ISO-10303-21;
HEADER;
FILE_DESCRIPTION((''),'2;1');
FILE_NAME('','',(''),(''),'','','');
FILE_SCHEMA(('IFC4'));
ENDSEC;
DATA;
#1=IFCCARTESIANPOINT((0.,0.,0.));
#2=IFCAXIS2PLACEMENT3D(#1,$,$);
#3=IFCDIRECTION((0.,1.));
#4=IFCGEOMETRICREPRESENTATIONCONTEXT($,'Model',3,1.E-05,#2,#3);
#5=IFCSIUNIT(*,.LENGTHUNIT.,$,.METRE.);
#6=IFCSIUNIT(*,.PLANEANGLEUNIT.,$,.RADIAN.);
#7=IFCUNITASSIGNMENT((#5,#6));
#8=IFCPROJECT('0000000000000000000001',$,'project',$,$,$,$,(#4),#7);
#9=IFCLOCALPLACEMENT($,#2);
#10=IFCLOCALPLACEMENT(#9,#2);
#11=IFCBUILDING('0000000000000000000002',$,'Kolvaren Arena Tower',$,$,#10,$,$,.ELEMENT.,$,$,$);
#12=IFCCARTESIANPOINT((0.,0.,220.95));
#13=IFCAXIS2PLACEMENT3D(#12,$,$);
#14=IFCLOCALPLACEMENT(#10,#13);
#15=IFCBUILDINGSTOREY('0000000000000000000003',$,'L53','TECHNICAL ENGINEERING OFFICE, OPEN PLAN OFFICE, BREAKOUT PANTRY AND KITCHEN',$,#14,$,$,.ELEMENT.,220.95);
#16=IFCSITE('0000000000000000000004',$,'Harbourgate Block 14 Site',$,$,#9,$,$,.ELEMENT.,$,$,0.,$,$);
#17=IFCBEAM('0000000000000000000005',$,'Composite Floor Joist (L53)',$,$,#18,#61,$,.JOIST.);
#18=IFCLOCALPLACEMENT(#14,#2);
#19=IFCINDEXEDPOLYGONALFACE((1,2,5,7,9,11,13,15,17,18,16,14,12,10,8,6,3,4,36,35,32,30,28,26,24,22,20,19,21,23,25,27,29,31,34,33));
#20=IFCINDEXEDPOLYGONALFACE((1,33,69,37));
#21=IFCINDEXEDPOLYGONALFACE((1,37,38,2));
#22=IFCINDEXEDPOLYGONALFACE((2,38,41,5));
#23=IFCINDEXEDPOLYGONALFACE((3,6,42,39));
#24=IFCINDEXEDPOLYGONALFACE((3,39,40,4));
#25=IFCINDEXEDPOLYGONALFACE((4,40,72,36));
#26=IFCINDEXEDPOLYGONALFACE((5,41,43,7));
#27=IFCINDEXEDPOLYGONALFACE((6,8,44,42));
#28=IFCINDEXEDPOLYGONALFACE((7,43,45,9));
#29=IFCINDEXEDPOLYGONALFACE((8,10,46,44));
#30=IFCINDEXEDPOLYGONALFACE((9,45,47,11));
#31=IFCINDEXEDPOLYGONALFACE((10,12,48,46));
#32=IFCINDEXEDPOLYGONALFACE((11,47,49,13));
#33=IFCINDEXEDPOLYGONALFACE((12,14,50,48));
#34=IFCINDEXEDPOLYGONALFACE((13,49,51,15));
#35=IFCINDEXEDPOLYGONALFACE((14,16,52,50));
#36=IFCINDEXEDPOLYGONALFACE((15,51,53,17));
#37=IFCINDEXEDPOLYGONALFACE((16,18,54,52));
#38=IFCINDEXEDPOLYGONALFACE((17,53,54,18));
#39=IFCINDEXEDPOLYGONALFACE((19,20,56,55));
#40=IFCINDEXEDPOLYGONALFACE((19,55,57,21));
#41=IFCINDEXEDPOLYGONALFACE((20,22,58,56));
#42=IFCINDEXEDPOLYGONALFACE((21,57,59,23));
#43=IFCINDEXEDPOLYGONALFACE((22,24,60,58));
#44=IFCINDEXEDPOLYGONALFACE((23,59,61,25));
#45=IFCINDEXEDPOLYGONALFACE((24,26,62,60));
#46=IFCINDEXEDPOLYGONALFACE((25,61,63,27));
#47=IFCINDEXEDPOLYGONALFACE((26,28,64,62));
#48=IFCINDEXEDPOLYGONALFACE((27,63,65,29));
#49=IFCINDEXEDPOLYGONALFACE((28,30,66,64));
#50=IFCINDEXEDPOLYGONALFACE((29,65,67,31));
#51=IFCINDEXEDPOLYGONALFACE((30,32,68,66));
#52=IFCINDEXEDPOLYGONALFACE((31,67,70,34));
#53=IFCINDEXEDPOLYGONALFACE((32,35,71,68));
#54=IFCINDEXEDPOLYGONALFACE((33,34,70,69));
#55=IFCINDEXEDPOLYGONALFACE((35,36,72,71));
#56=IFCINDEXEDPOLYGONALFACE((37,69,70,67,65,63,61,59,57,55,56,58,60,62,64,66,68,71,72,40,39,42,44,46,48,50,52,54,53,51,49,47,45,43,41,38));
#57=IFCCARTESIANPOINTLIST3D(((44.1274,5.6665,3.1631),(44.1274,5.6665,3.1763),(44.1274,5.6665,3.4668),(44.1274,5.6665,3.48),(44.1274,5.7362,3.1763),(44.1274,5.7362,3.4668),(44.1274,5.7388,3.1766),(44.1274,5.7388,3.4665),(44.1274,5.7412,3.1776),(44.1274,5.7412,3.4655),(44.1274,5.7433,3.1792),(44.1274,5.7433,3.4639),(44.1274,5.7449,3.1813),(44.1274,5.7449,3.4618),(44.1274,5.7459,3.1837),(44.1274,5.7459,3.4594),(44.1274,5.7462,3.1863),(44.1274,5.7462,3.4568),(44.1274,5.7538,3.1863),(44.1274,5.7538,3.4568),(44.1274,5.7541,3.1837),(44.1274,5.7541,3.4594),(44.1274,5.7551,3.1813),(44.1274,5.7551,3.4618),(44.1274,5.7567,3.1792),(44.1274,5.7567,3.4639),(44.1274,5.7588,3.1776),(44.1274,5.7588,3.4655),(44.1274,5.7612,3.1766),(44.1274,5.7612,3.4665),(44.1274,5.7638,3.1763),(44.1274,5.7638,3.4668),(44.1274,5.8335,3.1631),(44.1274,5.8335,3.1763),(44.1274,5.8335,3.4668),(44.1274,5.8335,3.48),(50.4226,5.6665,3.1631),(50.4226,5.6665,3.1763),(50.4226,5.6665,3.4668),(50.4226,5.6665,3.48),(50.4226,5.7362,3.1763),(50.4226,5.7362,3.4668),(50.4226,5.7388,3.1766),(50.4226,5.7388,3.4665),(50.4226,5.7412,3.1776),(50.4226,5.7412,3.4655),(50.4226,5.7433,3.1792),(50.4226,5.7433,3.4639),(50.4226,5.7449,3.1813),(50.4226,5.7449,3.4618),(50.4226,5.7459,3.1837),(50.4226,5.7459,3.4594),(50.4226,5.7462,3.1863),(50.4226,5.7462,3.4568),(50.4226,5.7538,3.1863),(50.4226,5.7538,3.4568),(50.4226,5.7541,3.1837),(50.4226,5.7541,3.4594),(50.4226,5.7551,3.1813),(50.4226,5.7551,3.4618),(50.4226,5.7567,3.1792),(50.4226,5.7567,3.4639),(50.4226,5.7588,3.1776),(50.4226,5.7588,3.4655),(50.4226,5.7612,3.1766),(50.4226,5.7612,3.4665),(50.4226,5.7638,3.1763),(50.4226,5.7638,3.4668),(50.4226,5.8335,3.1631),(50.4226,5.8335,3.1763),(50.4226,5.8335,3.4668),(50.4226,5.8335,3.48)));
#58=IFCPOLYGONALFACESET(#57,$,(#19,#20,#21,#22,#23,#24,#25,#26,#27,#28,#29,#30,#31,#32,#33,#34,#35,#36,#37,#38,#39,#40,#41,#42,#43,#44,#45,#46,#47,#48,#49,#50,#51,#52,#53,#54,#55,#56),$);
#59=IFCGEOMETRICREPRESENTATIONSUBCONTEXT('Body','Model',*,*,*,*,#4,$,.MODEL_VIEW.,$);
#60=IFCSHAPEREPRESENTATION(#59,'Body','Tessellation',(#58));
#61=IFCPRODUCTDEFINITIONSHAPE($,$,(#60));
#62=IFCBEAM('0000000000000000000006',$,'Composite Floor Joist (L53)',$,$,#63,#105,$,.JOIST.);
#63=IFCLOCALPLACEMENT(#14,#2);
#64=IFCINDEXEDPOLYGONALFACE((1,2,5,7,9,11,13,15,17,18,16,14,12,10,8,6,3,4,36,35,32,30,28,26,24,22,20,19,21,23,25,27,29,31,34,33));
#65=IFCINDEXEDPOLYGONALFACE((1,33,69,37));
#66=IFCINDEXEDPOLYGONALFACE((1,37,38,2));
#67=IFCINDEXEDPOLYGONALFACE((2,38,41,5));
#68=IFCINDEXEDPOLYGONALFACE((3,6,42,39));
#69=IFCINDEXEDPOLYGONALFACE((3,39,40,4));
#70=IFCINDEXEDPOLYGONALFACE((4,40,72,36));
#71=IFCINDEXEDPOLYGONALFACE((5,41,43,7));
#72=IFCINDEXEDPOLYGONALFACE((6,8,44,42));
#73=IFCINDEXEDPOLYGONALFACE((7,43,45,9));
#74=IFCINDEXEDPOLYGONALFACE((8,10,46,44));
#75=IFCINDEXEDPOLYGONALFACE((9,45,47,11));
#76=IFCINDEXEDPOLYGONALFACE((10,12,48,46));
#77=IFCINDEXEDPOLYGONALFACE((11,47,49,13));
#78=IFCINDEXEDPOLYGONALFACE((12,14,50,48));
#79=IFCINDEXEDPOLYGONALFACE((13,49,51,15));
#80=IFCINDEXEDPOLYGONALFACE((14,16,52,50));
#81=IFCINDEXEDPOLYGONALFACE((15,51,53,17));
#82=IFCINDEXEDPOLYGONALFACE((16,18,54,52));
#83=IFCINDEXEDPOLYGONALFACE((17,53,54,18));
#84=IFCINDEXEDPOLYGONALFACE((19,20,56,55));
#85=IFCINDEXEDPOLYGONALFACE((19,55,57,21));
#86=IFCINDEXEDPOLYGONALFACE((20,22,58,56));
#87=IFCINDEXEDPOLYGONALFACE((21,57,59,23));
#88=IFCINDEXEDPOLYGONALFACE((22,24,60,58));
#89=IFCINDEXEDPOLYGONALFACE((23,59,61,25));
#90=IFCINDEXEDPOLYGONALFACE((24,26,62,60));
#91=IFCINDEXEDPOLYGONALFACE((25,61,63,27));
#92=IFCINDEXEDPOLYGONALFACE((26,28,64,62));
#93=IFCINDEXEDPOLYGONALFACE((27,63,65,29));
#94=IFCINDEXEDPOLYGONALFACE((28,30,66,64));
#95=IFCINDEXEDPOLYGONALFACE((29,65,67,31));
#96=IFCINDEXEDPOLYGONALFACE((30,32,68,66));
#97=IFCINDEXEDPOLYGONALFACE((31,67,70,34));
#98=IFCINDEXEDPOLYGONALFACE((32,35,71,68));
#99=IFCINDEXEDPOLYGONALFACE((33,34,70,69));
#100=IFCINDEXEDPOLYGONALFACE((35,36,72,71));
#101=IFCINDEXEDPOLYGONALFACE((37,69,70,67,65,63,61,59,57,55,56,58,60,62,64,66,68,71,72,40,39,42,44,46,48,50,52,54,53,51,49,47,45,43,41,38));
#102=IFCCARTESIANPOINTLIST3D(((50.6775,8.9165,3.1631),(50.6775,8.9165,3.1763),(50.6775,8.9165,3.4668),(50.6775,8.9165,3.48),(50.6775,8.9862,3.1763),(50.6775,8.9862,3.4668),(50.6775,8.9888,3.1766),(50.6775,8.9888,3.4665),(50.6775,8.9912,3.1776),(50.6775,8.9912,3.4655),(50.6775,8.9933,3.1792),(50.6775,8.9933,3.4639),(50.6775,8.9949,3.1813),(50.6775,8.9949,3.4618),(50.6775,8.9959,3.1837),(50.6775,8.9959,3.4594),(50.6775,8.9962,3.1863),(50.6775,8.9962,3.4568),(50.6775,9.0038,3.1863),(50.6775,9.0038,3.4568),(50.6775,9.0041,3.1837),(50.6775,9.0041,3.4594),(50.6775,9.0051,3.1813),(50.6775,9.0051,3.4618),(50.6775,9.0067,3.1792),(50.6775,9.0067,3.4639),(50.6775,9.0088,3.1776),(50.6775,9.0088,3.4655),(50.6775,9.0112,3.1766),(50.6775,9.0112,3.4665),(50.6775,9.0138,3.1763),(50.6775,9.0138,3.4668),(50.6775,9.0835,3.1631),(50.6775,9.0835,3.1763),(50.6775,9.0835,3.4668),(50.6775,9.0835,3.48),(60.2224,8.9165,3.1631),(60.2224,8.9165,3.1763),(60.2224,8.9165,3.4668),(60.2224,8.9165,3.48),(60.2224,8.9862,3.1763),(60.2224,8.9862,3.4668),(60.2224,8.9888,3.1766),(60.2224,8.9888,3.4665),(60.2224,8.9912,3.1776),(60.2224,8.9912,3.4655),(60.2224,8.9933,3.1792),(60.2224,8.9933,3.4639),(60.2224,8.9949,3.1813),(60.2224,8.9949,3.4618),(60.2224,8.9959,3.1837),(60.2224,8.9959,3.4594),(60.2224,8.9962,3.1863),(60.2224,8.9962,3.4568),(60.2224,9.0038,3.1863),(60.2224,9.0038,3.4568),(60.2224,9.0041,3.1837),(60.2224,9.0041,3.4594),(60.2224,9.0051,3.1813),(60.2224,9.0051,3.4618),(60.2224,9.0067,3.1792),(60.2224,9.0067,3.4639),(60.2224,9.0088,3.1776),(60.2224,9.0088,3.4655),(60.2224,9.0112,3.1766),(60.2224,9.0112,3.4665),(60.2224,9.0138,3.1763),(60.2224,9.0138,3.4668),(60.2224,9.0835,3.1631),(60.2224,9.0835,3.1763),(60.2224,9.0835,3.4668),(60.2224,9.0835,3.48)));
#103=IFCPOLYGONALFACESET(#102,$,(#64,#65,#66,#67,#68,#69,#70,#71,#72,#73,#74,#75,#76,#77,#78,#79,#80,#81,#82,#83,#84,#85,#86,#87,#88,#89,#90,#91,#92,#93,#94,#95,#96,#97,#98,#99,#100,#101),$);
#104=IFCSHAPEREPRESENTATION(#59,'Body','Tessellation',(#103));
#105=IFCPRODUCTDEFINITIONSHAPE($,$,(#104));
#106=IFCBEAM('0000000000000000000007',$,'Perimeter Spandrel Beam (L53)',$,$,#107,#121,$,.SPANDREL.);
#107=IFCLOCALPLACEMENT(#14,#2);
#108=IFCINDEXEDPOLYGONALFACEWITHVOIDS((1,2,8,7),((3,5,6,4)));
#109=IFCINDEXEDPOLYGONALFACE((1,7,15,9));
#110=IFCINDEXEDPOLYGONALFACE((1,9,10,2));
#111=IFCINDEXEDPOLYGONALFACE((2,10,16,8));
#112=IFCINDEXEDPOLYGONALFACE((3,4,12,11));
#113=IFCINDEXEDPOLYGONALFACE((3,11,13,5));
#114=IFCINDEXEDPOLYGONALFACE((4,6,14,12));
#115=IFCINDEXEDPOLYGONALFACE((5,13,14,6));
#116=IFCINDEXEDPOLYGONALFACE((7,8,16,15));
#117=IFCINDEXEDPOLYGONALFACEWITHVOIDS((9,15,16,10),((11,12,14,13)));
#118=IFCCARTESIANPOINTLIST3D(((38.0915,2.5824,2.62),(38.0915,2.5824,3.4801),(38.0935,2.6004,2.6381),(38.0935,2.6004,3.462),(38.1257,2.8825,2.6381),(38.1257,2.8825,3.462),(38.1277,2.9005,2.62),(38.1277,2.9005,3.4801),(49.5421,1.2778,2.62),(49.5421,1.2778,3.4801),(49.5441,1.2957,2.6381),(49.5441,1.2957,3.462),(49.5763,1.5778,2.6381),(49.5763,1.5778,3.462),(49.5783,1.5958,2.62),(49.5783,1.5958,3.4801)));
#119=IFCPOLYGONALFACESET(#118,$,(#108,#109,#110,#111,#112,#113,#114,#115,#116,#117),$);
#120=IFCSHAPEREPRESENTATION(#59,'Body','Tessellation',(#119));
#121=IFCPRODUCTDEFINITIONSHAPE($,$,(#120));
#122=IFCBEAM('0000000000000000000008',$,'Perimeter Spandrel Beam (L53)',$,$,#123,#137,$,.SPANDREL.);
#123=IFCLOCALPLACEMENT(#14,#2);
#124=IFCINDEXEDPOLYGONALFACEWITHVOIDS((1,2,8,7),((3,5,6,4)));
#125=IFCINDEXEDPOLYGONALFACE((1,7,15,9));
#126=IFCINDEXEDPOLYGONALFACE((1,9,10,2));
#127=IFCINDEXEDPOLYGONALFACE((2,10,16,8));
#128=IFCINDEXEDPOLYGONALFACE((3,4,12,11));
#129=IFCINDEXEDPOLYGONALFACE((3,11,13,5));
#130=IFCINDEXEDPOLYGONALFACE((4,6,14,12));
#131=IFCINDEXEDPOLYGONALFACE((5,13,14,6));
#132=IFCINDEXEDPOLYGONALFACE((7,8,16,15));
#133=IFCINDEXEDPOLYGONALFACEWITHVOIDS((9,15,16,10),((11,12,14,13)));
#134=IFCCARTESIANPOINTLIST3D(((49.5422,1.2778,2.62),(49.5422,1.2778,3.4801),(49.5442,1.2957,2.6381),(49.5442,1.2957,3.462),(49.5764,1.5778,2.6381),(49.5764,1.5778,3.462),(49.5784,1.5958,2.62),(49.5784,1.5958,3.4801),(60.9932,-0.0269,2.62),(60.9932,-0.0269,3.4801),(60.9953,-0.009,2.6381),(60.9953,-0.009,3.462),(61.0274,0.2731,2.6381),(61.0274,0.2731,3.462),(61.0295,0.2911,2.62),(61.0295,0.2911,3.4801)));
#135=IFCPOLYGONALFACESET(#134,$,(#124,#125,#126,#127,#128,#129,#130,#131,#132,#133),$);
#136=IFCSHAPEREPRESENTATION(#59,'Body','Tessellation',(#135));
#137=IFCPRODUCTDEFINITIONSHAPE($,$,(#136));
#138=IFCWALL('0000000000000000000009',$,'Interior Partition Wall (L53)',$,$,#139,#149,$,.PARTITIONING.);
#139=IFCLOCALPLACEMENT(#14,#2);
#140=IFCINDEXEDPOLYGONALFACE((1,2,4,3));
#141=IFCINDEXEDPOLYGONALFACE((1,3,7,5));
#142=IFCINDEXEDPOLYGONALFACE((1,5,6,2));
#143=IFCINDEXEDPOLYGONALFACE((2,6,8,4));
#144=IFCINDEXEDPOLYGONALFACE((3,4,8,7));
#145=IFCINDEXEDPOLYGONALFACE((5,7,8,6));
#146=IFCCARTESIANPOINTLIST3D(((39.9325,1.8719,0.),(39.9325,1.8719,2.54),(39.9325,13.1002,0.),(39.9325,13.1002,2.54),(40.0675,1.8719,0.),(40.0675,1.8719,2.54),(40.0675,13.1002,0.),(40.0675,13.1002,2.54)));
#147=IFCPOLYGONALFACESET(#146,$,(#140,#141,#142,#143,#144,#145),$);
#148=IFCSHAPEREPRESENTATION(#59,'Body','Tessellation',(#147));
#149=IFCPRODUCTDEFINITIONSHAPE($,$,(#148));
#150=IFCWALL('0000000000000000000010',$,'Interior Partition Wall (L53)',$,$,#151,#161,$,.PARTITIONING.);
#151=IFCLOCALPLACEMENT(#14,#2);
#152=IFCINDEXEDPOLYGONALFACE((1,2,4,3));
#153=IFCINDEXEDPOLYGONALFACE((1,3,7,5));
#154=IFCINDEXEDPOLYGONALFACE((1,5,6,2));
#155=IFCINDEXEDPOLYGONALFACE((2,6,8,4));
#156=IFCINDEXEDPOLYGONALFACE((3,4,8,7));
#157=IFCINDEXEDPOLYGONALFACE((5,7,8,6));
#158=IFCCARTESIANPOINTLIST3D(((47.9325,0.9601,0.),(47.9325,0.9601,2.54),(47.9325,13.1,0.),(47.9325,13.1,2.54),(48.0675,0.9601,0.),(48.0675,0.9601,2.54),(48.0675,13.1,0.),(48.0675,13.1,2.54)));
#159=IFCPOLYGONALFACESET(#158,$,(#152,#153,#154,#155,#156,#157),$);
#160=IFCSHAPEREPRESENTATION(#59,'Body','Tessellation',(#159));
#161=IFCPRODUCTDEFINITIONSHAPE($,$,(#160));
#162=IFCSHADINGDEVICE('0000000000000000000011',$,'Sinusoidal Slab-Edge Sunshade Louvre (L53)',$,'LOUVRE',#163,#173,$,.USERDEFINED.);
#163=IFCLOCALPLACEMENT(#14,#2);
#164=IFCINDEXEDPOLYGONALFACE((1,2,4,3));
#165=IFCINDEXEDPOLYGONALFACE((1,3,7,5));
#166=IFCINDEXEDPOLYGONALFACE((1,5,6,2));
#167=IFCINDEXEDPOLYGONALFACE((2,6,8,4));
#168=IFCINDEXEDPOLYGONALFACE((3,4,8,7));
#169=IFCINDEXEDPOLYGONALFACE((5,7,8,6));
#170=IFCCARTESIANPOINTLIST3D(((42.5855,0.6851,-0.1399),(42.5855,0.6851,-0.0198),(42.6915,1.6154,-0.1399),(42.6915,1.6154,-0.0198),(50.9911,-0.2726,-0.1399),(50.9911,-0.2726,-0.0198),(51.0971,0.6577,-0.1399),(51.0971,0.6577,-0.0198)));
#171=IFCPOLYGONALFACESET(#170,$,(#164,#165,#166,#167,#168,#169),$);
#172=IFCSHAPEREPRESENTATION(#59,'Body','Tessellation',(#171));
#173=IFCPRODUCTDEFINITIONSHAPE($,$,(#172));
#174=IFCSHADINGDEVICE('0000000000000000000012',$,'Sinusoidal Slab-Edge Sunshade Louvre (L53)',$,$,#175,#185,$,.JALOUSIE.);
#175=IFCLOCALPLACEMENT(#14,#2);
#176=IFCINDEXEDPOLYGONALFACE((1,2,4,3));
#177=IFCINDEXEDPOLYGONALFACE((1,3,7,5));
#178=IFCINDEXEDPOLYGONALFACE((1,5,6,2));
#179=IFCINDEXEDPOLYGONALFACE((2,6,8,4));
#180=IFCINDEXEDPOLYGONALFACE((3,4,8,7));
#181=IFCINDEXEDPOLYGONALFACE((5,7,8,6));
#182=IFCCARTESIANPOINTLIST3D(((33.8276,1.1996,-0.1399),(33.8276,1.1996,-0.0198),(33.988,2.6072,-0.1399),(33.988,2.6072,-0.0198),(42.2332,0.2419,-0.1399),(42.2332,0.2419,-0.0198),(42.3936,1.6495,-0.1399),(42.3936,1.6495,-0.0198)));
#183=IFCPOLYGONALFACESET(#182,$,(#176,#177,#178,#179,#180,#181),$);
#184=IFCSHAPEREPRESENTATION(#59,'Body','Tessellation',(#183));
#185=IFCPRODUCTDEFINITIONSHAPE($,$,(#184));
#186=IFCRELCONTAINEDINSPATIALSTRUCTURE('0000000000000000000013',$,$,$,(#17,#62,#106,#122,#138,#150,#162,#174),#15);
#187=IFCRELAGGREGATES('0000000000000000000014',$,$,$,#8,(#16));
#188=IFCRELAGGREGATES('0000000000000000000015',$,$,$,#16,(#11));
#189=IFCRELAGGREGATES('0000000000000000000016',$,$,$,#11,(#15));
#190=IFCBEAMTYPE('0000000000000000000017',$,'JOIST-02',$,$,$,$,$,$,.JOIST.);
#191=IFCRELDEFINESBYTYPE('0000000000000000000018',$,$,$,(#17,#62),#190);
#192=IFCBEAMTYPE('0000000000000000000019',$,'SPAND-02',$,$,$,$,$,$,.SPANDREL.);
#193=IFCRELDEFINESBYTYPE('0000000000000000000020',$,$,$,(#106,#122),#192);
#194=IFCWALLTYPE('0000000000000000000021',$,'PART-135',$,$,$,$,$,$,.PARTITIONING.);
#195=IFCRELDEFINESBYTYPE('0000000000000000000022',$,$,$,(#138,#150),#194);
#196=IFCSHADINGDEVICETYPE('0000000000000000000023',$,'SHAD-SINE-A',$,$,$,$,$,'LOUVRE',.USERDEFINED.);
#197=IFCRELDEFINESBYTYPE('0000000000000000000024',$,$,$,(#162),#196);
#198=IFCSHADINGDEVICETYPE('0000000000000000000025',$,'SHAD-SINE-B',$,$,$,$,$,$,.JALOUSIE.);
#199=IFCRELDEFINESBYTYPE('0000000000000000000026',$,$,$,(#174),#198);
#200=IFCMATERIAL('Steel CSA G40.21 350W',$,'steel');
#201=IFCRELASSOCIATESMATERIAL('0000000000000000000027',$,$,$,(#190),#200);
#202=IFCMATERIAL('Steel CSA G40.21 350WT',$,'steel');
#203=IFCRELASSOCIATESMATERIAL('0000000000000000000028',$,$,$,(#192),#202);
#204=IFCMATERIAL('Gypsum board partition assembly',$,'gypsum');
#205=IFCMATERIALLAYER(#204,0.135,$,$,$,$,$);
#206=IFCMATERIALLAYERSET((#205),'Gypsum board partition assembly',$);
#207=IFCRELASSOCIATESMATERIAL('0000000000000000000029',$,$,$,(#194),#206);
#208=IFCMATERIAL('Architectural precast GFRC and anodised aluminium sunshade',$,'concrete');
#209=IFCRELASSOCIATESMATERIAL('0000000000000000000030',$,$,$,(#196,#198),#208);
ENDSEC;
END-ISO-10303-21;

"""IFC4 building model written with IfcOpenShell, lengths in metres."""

from ifc_helpers import new_model, si_unit, direction, frame, frame_2d, origin, origin_2d, place, context, subcontext, project, spatial, rectangle, hollow_rectangle, i_section, extrude, material, layer, layer_set, material_profile, profile_set, type_object, element, save


model = new_model("IFC4")

# Units and contexts
model_context = context("Model", 3, precision=1e-05, world=origin(), true_north=direction((0.0, 1.0)))
body_context = subcontext(model_context, "Body", "Model", "MODEL_VIEW")
ifc_project = project(units=[si_unit("LENGTHUNIT", "METRE"), si_unit("PLANEANGLEUNIT", "RADIAN")], contexts=[model_context])

# Site, building, storey
site_placement = place(None, origin())
site = spatial("IfcSite", under=ifc_project, at=site_placement, Name="Harbourgate Block 14 Site", CompositionType="ELEMENT", RefElevation=0.0)
building_placement = place(site_placement, origin())
building = spatial("IfcBuilding", under=site, at=building_placement, Name="Kolvaren Arena Tower", CompositionType="ELEMENT")
storey_placement = place(building_placement, frame((0.0, 0.0, 220.95)))
storey = spatial("IfcBuildingStorey", under=building, at=storey_placement, Name="L53", Description="TECHNICAL ENGINEERING OFFICE, OPEN PLAN OFFICE, BREAKOUT PANTRY AND KITCHEN", CompositionType="ELEMENT", Elevation=220.95)

# Beams
ifc_material_1 = material(Name="Steel CSA G40.21 350W", Category="steel")
ifc_material_profile_1 = material_profile(ifc_material_1, i_section(OverallWidth=0.167, OverallDepth=0.3169, WebThickness=0.0076, FlangeThickness=0.0132, FilletRadius=0.01, at=origin_2d()), Name="W310x52")
ifc_profile_set_1 = profile_set([ifc_material_profile_1], Name="Steel CSA G40.21 350W")
beam_type_1 = type_object("IfcBeamType", Name="JOIST-02", PredefinedType="JOIST", material=ifc_profile_set_1)
for number, where, z_axis, x_axis, name in (
    (1, (44.1274, 5.75, 3.3215), (1.0, 0.0, 0.0), (0.0, 1.0, 0.0), "Composite Floor Joist (L53)"),
):
    element("IfcBeam", number, at=place(storey_placement, frame(where, z_axis=z_axis, x_axis=x_axis)), inside=storey, type_object=beam_type_1, Name=name, PredefinedType="JOIST", context=body_context, shape_type="SweptSolid", body=[
        extrude(i_section(OverallWidth=0.167, OverallDepth=0.3169, WebThickness=0.0076, FlangeThickness=0.0132, FilletRadius=0.01, at=origin_2d()), origin(), (0.0, 0.0, 1.0), 6.2952),
    ])
beam_1_placement = place(storey_placement, frame((50.6775, 9.0, 3.3215), z_axis=(1.0, 0.0, 0.0), x_axis=(0.0, 1.0, 0.0)))
element("IfcBeam", 2, at=beam_1_placement, inside=storey, type_object=beam_type_1, Name="Composite Floor Joist (L53)", PredefinedType="JOIST", context=body_context, shape_type="SweptSolid", body=[
    extrude(i_section(OverallWidth=0.167, OverallDepth=0.3169, WebThickness=0.0076, FlangeThickness=0.0132, FilletRadius=0.01, at=origin_2d()), origin(), (0.0, 0.0, 1.0), 9.5449),
])
ifc_material_2 = material(Name="Steel CSA G40.21 350WT", Category="steel")
ifc_material_profile_2 = material_profile(ifc_material_2, hollow_rectangle(XDim=0.3201, YDim=0.8601, WallThickness=0.0181, at=origin_2d()), Name="HSS 860x320x18")
ifc_profile_set_2 = profile_set([ifc_material_profile_2], Name="Steel CSA G40.21 350WT")
beam_type_2 = type_object("IfcBeamType", Name="SPAND-02", PredefinedType="SPANDREL", material=ifc_profile_set_2)
beam_2_placement = place(storey_placement, frame((38.1096, 2.7415, 3.05), z_axis=(0.993571, -0.113207, 0.0), x_axis=(0.113207, 0.993571, 0.0)))
element("IfcBeam", 3, at=beam_2_placement, inside=storey, type_object=beam_type_2, Name="Perimeter Spandrel Beam (L53)", PredefinedType="SPANDREL", context=body_context, shape_type="SweptSolid", body=[
    extrude(hollow_rectangle(XDim=0.3201, YDim=0.8601, WallThickness=0.0181, at=origin_2d()), origin(), (0.0, 0.0, 1.0), 11.5247),
])
beam_3_placement = place(storey_placement, frame((49.5603, 1.4368, 3.05), z_axis=(0.993572, -0.113202, 0.0), x_axis=(0.113202, 0.993572, 0.0)))
element("IfcBeam", 4, at=beam_3_placement, inside=storey, type_object=beam_type_2, Name="Perimeter Spandrel Beam (L53)", PredefinedType="SPANDREL", context=body_context, shape_type="SweptSolid", body=[
    extrude(hollow_rectangle(XDim=0.3201, YDim=0.8601, WallThickness=0.0181, at=origin_2d()), origin(), (0.0, 0.0, 1.0), 11.5251),
])

# Walls
ifc_material_3 = material(Name="Gypsum board partition assembly", Category="gypsum")
ifc_layer = layer(ifc_material_3, 0.135)
ifc_layer_set = layer_set([ifc_layer], Name="Gypsum board partition assembly")
wall_type = type_object("IfcWallType", Name="PART-135", PredefinedType="PARTITIONING", material=ifc_layer_set)
wall_1_placement = place(storey_placement, frame((40.0, 1.8718, 0.0), z_axis=(0.0, 0.0, 1.0), x_axis=(0.0, 1.0, 0.0)))
element("IfcWall", 5, at=wall_1_placement, inside=storey, type_object=wall_type, Name="Interior Partition Wall (L53)", PredefinedType="PARTITIONING", context=body_context, shape_type="SweptSolid", body=[
    extrude(rectangle(XDim=11.2283, YDim=0.135, at=frame_2d((5.6143, 0.0))), origin(), (0.0, 0.0, 1.0), 2.54),
])
wall_2_placement = place(storey_placement, frame((48.0, 0.9602, 0.0), z_axis=(0.0, 0.0, 1.0), x_axis=(0.0, 1.0, 0.0)))
element("IfcWall", 6, at=wall_2_placement, inside=storey, type_object=wall_type, Name="Interior Partition Wall (L53)", PredefinedType="PARTITIONING", context=body_context, shape_type="SweptSolid", body=[
    extrude(rectangle(XDim=12.1399, YDim=0.135, at=frame_2d((6.0698, 0.0))), origin(), (0.0, 0.0, 1.0), 2.54),
])

# Shading devices
ifc_material_4 = material(Name="Architectural precast GFRC and anodised aluminium sunshade", Category="concrete")
shading_device_type_1 = type_object("IfcShadingDeviceType", Name="SHAD-SINE-A", ElementType="LOUVRE", PredefinedType="USERDEFINED", material=ifc_material_4)
shading_device_1_placement = place(storey_placement, frame((46.8413, 0.6714, -0.1399), z_axis=(0.0, 0.0, 1.0), x_axis=(-0.993572, 0.113205, 0.0)))
element("IfcShadingDevice", 7, at=shading_device_1_placement, inside=storey, type_object=shading_device_type_1, Name="Sinusoidal Slab-Edge Sunshade Louvre (L53)", ObjectType="LOUVRE", PredefinedType="USERDEFINED", context=body_context, shape_type="SweptSolid", body=[
    extrude(rectangle(XDim=8.46, YDim=0.9363, at=origin_2d()), origin(), (0.0, 0.0, 1.0), 0.1201),
])
shading_device_type_2 = type_object("IfcShadingDeviceType", Name="SHAD-SINE-B", PredefinedType="JALOUSIE", material=ifc_material_4)
shading_device_2_placement = place(storey_placement, frame((38.1106, 1.4246, -0.1399), z_axis=(0.0, 0.0, 1.0), x_axis=(-0.993572, 0.113205, 0.0)))
element("IfcShadingDevice", 8, at=shading_device_2_placement, inside=storey, type_object=shading_device_type_2, Name="Sinusoidal Slab-Edge Sunshade Louvre (L53)", PredefinedType="JALOUSIE", context=body_context, shape_type="SweptSolid", body=[
    extrude(rectangle(XDim=8.46, YDim=1.4167, at=origin_2d()), origin(), (0.0, 0.0, 1.0), 0.1201),
])

save(model, "model.ifc")
